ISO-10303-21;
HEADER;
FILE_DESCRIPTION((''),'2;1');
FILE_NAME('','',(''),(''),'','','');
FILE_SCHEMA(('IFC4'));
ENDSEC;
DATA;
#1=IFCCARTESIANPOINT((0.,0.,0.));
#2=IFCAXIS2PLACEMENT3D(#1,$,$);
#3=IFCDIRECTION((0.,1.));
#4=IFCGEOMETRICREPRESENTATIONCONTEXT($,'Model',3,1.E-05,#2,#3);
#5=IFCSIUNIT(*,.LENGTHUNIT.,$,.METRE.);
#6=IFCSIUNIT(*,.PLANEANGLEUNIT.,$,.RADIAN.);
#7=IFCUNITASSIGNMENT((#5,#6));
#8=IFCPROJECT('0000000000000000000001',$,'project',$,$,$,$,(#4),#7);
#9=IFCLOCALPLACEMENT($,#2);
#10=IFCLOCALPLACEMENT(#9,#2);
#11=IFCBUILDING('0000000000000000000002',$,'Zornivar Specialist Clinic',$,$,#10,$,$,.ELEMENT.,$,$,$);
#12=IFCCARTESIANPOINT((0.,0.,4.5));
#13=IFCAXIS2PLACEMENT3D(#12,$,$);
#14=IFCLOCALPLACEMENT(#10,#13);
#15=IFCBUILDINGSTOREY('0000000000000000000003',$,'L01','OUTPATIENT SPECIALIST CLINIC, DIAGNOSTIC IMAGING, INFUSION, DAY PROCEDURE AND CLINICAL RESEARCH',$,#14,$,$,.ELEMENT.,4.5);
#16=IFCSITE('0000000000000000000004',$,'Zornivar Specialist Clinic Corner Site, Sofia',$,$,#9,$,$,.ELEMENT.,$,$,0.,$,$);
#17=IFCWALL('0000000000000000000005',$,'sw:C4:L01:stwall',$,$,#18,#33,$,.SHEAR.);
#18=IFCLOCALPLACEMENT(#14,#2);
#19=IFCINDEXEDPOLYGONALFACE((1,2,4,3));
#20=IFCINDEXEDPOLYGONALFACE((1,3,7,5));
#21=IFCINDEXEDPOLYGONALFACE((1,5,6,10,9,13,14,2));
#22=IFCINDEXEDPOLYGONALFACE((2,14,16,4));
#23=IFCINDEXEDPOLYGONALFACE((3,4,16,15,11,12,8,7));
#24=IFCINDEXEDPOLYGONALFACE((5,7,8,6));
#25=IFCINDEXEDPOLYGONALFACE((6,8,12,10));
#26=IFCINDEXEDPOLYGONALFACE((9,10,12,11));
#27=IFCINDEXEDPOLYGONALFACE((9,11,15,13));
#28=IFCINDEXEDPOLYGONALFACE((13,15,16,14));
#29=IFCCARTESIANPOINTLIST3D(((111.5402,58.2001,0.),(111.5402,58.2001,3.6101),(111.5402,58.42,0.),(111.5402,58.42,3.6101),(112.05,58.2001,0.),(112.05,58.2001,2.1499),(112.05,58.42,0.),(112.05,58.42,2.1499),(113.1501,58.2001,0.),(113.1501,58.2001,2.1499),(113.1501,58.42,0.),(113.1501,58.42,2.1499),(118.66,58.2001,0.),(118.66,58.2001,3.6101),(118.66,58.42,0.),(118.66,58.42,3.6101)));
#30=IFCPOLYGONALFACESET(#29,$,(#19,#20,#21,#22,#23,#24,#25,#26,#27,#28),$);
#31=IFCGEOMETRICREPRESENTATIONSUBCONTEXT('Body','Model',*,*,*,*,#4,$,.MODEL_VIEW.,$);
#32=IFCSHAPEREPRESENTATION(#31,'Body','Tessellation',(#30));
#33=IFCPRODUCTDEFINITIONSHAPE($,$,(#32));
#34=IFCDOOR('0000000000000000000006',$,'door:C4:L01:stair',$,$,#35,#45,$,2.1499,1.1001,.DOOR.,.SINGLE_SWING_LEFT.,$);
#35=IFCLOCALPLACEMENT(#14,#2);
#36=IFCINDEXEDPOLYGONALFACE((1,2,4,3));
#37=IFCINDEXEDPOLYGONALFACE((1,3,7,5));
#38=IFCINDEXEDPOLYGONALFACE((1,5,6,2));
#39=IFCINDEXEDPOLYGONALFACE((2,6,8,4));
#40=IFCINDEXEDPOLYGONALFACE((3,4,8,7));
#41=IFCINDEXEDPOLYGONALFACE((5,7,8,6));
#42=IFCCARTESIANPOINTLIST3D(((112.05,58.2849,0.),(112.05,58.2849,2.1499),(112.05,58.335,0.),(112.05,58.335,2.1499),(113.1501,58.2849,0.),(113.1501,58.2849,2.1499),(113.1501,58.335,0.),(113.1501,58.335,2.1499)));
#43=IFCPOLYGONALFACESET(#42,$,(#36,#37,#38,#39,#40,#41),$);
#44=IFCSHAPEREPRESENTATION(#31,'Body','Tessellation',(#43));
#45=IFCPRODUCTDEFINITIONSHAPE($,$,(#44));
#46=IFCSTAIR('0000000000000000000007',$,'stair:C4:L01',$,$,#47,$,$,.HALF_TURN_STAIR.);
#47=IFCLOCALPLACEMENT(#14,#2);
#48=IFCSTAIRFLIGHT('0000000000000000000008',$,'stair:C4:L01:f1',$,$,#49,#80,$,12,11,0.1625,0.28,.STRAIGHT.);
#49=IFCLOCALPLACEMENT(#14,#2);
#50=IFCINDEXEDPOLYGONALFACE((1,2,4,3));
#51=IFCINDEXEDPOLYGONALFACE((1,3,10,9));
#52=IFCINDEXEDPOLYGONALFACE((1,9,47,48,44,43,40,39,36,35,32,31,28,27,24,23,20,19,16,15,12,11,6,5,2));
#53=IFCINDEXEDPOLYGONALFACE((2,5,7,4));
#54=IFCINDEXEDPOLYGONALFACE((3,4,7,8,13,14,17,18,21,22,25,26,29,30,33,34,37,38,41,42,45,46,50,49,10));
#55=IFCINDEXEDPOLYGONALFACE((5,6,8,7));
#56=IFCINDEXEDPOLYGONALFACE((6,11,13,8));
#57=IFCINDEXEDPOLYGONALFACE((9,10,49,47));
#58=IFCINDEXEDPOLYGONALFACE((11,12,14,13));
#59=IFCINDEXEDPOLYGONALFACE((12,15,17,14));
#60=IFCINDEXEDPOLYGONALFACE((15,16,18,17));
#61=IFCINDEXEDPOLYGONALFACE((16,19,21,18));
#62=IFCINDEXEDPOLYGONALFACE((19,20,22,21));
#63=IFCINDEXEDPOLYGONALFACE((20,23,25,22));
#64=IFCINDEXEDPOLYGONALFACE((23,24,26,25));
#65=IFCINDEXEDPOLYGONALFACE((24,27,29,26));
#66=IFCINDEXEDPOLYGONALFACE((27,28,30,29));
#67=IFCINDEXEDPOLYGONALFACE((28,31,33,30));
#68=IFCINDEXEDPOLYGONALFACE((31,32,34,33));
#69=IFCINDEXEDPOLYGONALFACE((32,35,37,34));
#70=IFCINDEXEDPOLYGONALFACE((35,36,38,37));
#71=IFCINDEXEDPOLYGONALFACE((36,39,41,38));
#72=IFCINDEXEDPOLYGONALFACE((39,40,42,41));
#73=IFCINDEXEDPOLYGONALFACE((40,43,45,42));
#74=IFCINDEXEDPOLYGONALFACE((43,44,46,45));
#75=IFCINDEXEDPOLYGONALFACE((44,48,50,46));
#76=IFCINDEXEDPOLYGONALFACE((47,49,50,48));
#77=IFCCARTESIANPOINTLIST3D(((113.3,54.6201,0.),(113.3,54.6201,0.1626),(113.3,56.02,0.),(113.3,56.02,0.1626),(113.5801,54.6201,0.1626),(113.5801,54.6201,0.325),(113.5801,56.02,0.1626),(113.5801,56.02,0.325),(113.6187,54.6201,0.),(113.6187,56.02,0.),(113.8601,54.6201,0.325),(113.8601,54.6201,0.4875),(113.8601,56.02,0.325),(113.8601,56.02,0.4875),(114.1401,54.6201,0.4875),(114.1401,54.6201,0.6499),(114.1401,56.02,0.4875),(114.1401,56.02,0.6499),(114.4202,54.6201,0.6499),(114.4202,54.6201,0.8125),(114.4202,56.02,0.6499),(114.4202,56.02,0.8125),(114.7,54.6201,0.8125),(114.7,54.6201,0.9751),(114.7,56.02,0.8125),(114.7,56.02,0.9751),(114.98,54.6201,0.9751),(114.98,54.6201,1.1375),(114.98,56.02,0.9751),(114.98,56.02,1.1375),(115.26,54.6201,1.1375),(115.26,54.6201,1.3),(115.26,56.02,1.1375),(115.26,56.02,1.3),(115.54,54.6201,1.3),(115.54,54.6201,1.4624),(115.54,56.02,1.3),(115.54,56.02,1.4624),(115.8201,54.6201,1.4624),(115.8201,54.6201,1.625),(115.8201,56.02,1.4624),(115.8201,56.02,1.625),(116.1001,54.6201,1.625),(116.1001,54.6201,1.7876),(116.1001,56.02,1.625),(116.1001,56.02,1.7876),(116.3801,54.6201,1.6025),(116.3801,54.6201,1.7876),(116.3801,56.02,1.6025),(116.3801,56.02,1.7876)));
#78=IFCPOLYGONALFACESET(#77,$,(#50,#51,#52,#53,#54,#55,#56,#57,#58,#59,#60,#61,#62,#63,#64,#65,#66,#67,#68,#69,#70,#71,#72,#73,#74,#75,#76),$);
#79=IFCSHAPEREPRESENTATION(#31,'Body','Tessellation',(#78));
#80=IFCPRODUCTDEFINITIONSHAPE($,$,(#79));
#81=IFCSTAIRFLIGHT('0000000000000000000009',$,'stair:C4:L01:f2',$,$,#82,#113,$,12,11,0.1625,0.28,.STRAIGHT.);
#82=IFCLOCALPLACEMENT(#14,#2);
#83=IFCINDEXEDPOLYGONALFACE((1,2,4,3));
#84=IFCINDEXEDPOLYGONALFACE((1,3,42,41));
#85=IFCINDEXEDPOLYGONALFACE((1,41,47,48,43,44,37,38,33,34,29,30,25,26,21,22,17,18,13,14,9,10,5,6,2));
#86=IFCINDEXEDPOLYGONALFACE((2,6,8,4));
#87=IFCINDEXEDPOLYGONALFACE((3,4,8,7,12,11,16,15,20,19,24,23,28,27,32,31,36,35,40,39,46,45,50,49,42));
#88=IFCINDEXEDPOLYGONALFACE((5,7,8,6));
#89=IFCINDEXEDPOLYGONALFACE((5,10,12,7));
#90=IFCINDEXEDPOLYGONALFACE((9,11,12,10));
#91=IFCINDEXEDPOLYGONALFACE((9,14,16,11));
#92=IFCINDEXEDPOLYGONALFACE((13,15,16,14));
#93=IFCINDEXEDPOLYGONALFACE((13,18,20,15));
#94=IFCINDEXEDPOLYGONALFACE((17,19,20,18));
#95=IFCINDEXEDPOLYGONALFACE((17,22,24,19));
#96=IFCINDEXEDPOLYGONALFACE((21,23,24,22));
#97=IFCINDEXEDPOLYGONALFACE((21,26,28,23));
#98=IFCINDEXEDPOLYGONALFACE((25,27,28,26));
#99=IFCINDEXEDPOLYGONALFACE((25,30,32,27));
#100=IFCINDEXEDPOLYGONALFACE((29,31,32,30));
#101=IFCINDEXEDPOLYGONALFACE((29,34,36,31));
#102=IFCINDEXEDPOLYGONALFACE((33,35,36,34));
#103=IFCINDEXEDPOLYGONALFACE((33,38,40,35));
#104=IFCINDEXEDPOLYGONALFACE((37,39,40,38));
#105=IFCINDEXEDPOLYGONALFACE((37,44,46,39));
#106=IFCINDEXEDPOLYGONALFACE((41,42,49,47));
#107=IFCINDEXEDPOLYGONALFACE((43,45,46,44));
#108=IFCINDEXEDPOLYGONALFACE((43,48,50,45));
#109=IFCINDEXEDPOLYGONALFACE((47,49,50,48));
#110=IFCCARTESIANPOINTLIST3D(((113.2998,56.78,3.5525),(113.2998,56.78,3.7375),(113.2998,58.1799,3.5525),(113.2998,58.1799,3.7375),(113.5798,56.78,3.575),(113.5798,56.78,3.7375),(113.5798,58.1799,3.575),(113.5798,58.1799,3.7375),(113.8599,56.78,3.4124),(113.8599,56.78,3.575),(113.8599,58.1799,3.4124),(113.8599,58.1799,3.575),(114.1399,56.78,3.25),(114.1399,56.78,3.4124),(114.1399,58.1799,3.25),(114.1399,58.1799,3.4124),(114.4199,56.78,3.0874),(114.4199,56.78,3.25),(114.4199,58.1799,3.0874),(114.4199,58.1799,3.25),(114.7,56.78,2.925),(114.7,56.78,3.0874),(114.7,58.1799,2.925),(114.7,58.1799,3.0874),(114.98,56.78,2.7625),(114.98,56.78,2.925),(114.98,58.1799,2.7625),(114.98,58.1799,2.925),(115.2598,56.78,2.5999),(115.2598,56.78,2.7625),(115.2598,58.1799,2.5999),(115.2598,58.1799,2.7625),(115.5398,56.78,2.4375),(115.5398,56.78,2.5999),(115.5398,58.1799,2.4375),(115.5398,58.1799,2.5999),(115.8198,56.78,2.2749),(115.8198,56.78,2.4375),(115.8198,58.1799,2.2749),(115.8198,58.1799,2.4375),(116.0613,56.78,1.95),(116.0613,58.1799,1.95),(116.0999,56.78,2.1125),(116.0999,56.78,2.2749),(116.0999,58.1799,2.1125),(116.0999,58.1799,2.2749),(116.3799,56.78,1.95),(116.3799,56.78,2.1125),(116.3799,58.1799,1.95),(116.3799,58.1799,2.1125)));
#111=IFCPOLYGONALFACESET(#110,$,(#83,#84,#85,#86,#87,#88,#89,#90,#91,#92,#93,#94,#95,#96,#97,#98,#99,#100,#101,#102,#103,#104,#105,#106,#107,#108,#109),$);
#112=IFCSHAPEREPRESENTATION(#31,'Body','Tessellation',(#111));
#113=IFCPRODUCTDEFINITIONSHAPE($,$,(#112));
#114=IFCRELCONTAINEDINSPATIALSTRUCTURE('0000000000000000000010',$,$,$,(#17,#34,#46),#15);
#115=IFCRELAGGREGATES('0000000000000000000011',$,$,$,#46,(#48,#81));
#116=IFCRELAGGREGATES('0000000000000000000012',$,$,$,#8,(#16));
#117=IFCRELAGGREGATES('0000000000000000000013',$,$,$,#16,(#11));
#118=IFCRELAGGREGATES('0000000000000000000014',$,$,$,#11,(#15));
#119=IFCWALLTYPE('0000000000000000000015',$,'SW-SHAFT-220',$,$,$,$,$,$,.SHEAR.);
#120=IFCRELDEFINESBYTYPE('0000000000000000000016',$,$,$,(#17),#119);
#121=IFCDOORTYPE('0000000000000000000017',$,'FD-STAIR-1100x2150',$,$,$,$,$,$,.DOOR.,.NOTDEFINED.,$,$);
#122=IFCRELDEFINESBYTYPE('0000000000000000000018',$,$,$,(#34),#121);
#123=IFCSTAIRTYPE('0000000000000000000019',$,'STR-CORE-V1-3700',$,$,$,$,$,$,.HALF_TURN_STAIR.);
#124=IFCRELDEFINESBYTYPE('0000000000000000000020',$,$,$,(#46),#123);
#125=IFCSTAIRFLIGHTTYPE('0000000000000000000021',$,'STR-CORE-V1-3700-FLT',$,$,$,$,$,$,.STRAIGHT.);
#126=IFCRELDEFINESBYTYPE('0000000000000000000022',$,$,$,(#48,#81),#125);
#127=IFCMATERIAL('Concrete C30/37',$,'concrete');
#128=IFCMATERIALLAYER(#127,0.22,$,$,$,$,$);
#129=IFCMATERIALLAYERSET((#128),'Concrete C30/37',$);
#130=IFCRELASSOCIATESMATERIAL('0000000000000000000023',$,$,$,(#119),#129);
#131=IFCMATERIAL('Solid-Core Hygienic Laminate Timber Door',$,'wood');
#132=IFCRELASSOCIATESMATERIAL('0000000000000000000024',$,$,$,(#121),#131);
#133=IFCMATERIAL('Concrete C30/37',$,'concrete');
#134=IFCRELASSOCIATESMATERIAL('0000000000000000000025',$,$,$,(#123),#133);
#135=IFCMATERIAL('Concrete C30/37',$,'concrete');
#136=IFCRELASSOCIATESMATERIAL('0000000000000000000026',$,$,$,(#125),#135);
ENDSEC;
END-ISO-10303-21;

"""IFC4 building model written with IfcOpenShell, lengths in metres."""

from ifc_helpers import new_model, si_unit, direction, frame, frame_2d, origin, place, context, subcontext, project, spatial, polyline, rectangle, outline, extrude, material, layer, layer_set, type_object, element, fill, aggregate, save


model = new_model("IFC4")

# Units and contexts
model_context = context("Model", 3, precision=1e-05, world=origin(), true_north=direction((0.0, 1.0)))
body_context = subcontext(model_context, "Body", "Model", "MODEL_VIEW")
ifc_project = project(units=[si_unit("LENGTHUNIT", "METRE"), si_unit("PLANEANGLEUNIT", "RADIAN")], contexts=[model_context])

# Site, building, storey
site_placement = place(None, origin())
site = spatial("IfcSite", under=ifc_project, at=site_placement, Name="Zornivar Specialist Clinic Corner Site, Sofia", CompositionType="ELEMENT", RefElevation=0.0)
building_placement = place(site_placement, origin())
building = spatial("IfcBuilding", under=site, at=building_placement, Name="Zornivar Specialist Clinic", CompositionType="ELEMENT")
storey_placement = place(building_placement, frame((0.0, 0.0, 4.5)))
storey = spatial("IfcBuildingStorey", under=building, at=storey_placement, Name="L01", Description="OUTPATIENT SPECIALIST CLINIC, DIAGNOSTIC IMAGING, INFUSION, DAY PROCEDURE AND CLINICAL RESEARCH", CompositionType="ELEMENT", Elevation=4.5)

# Wall, opening, door
ifc_material_1 = material(Name="Concrete C30/37", Category="concrete")
ifc_layer_1 = layer(ifc_material_1, 0.22)
ifc_layer_set_1 = layer_set([ifc_layer_1], Name="Concrete C30/37")
wall_type_1 = type_object("IfcWallType", Name="SW-SHAFT-220", PredefinedType="SHEAR", material=ifc_layer_set_1)
wall_1_placement = place(storey_placement, frame((111.54, 58.3101, 0.0), z_axis=(0.0, 0.0, 1.0), x_axis=(1.0, 0.0, 0.0)))
wall_1 = element("IfcWall", 1, at=wall_1_placement, inside=storey, type_object=wall_type_1, Name="sw:C4:L01:stwall", PredefinedType="SHEAR", context=body_context, shape_type="SweptSolid", body=[
    extrude(rectangle(XDim=7.1199, YDim=0.22, at=frame_2d((3.5601, 0.0))), origin(), (0.0, 0.0, 1.0), 3.6101),
])
opening_1_placement = place(wall_1_placement, frame((0.51, 0.0, 0.0)))
opening_1 = element("IfcOpeningElement", 2, at=opening_1_placement, cuts=wall_1, PredefinedType="OPENING", context=body_context, shape_type="SweptSolid", body=[
    extrude(rectangle(XDim=1.1001, YDim=2.1499, at=frame_2d((0.55, 1.075))), frame((0.0, 0.1199, 0.0), z_axis=(0.0, -1.0, 0.0), x_axis=(1.0, 0.0, 0.0)), (0.0, 0.0, 1.0), 0.24),
])
ifc_material_2 = material(Name="Solid-Core Hygienic Laminate Timber Door", Category="wood")
door_type_1 = type_object("IfcDoorType", Name="FD-STAIR-1100x2150", OperationType="NOTDEFINED", PredefinedType="DOOR", material=ifc_material_2)
door_1_placement = place(opening_1_placement, origin())
door_1 = element("IfcDoor", 3, at=door_1_placement, inside=storey, type_object=door_type_1, Name="door:C4:L01:stair", OperationType="SINGLE_SWING_LEFT", OverallHeight=2.1499, OverallWidth=1.1001, PredefinedType="DOOR", context=body_context, shape_type="SweptSolid", body=[
    extrude(rectangle(XDim=1.1001, YDim=2.1499, at=frame_2d((0.55, 1.075))), frame((0.0, 0.0249, 0.0), z_axis=(0.0, -1.0, 0.0), x_axis=(1.0, 0.0, 0.0)), (0.0, 0.0, 1.0), 0.05),
])
fill(opening_1, door_1)

# Stair, stair flights
ifc_material_3 = material(Name="Concrete C30/37", Category="concrete")
stair_type = type_object("IfcStairType", Name="STR-CORE-V1-3700", PredefinedType="HALF_TURN_STAIR", material=ifc_material_3)
stair_placement = place(storey_placement, origin())
stair = element("IfcStair", 4, at=stair_placement, inside=storey, type_object=stair_type, Name="stair:C4:L01", PredefinedType="HALF_TURN_STAIR")
ifc_material_4 = material(Name="Concrete C30/37", Category="concrete")
stair_flight_type = type_object("IfcStairFlightType", Name="STR-CORE-V1-3700-FLT", PredefinedType="STRAIGHT", material=ifc_material_4)
stair_flight_1_placement = place(storey_placement, frame((113.3, 55.3201, 0.0), z_axis=(0.0, 0.0, 1.0), x_axis=(1.0, 0.0, 0.0)))
stair_flight_1 = element("IfcStairFlight", 5, at=stair_flight_1_placement, type_object=stair_flight_type, Name="stair:C4:L01:f1", NumberOfRisers=12, NumberOfTreads=11, PredefinedType="STRAIGHT", RiserHeight=0.1625, TreadLength=0.28, context=body_context, shape_type="SweptSolid", body=[
    extrude(outline(polyline([(0.0, 0.0), (0.0, 0.1626), (0.28, 0.1626), (0.28, 0.325), (0.5601, 0.325), (0.5601, 0.4875), (0.8401, 0.4875), (0.8401, 0.6499), (1.1201, 0.6499), (1.1201, 0.8125), (1.3999, 0.8125), (1.3999, 0.9751), (1.6799, 0.9751), (1.6799, 1.1375), (1.96, 1.1375), (1.96, 1.3), (2.24, 1.3), (2.24, 1.4624), (2.52, 1.4624), (2.52, 1.625), (2.8, 1.625), (2.8, 1.7876), (3.0801, 1.7876), (3.0801, 1.95), (3.0801, 1.6025), (0.3186, 0.0), (0.0, 0.0)])), frame((0.0, 0.7, 0.0), z_axis=(0.0, -1.0, 0.0), x_axis=(1.0, 0.0, 0.0)), (0.0, 0.0, 1.0), 1.3999),
])
stair_flight_2_placement = place(storey_placement, frame((116.3799, 57.48, 1.95), z_axis=(0.0, 0.0, 1.0), x_axis=(-1.0, 0.0, 0.0)))
stair_flight_2 = element("IfcStairFlight", 6, at=stair_flight_2_placement, type_object=stair_flight_type, Name="stair:C4:L01:f2", NumberOfRisers=12, NumberOfTreads=11, PredefinedType="STRAIGHT", RiserHeight=0.1625, TreadLength=0.28, context=body_context, shape_type="SweptSolid", body=[
    extrude(outline(polyline([(0.0, 0.0), (0.0, 0.1626), (0.28, 0.1626), (0.28, 0.325), (0.5601, 0.325), (0.5601, 0.4875), (0.8401, 0.4875), (0.8401, 0.6499), (1.1201, 0.6499), (1.1201, 0.8125), (1.3999, 0.8125), (1.3999, 0.9751), (1.6799, 0.9751), (1.6799, 1.1375), (1.96, 1.1375), (1.96, 1.3), (2.24, 1.3), (2.24, 1.4624), (2.52, 1.4624), (2.52, 1.625), (2.8, 1.625), (2.8, 1.7876), (3.0801, 1.7876), (3.0801, 1.95), (3.0801, 1.6025), (0.3186, 0.0), (0.0, 0.0)])), frame((0.0, 0.7, 0.0), z_axis=(0.0, -1.0, 0.0), x_axis=(1.0, 0.0, 0.0)), (0.0, 0.0, 1.0), 1.3999),
])
aggregate(stair, [stair_flight_1, stair_flight_2])

save(model, "model.ifc")
